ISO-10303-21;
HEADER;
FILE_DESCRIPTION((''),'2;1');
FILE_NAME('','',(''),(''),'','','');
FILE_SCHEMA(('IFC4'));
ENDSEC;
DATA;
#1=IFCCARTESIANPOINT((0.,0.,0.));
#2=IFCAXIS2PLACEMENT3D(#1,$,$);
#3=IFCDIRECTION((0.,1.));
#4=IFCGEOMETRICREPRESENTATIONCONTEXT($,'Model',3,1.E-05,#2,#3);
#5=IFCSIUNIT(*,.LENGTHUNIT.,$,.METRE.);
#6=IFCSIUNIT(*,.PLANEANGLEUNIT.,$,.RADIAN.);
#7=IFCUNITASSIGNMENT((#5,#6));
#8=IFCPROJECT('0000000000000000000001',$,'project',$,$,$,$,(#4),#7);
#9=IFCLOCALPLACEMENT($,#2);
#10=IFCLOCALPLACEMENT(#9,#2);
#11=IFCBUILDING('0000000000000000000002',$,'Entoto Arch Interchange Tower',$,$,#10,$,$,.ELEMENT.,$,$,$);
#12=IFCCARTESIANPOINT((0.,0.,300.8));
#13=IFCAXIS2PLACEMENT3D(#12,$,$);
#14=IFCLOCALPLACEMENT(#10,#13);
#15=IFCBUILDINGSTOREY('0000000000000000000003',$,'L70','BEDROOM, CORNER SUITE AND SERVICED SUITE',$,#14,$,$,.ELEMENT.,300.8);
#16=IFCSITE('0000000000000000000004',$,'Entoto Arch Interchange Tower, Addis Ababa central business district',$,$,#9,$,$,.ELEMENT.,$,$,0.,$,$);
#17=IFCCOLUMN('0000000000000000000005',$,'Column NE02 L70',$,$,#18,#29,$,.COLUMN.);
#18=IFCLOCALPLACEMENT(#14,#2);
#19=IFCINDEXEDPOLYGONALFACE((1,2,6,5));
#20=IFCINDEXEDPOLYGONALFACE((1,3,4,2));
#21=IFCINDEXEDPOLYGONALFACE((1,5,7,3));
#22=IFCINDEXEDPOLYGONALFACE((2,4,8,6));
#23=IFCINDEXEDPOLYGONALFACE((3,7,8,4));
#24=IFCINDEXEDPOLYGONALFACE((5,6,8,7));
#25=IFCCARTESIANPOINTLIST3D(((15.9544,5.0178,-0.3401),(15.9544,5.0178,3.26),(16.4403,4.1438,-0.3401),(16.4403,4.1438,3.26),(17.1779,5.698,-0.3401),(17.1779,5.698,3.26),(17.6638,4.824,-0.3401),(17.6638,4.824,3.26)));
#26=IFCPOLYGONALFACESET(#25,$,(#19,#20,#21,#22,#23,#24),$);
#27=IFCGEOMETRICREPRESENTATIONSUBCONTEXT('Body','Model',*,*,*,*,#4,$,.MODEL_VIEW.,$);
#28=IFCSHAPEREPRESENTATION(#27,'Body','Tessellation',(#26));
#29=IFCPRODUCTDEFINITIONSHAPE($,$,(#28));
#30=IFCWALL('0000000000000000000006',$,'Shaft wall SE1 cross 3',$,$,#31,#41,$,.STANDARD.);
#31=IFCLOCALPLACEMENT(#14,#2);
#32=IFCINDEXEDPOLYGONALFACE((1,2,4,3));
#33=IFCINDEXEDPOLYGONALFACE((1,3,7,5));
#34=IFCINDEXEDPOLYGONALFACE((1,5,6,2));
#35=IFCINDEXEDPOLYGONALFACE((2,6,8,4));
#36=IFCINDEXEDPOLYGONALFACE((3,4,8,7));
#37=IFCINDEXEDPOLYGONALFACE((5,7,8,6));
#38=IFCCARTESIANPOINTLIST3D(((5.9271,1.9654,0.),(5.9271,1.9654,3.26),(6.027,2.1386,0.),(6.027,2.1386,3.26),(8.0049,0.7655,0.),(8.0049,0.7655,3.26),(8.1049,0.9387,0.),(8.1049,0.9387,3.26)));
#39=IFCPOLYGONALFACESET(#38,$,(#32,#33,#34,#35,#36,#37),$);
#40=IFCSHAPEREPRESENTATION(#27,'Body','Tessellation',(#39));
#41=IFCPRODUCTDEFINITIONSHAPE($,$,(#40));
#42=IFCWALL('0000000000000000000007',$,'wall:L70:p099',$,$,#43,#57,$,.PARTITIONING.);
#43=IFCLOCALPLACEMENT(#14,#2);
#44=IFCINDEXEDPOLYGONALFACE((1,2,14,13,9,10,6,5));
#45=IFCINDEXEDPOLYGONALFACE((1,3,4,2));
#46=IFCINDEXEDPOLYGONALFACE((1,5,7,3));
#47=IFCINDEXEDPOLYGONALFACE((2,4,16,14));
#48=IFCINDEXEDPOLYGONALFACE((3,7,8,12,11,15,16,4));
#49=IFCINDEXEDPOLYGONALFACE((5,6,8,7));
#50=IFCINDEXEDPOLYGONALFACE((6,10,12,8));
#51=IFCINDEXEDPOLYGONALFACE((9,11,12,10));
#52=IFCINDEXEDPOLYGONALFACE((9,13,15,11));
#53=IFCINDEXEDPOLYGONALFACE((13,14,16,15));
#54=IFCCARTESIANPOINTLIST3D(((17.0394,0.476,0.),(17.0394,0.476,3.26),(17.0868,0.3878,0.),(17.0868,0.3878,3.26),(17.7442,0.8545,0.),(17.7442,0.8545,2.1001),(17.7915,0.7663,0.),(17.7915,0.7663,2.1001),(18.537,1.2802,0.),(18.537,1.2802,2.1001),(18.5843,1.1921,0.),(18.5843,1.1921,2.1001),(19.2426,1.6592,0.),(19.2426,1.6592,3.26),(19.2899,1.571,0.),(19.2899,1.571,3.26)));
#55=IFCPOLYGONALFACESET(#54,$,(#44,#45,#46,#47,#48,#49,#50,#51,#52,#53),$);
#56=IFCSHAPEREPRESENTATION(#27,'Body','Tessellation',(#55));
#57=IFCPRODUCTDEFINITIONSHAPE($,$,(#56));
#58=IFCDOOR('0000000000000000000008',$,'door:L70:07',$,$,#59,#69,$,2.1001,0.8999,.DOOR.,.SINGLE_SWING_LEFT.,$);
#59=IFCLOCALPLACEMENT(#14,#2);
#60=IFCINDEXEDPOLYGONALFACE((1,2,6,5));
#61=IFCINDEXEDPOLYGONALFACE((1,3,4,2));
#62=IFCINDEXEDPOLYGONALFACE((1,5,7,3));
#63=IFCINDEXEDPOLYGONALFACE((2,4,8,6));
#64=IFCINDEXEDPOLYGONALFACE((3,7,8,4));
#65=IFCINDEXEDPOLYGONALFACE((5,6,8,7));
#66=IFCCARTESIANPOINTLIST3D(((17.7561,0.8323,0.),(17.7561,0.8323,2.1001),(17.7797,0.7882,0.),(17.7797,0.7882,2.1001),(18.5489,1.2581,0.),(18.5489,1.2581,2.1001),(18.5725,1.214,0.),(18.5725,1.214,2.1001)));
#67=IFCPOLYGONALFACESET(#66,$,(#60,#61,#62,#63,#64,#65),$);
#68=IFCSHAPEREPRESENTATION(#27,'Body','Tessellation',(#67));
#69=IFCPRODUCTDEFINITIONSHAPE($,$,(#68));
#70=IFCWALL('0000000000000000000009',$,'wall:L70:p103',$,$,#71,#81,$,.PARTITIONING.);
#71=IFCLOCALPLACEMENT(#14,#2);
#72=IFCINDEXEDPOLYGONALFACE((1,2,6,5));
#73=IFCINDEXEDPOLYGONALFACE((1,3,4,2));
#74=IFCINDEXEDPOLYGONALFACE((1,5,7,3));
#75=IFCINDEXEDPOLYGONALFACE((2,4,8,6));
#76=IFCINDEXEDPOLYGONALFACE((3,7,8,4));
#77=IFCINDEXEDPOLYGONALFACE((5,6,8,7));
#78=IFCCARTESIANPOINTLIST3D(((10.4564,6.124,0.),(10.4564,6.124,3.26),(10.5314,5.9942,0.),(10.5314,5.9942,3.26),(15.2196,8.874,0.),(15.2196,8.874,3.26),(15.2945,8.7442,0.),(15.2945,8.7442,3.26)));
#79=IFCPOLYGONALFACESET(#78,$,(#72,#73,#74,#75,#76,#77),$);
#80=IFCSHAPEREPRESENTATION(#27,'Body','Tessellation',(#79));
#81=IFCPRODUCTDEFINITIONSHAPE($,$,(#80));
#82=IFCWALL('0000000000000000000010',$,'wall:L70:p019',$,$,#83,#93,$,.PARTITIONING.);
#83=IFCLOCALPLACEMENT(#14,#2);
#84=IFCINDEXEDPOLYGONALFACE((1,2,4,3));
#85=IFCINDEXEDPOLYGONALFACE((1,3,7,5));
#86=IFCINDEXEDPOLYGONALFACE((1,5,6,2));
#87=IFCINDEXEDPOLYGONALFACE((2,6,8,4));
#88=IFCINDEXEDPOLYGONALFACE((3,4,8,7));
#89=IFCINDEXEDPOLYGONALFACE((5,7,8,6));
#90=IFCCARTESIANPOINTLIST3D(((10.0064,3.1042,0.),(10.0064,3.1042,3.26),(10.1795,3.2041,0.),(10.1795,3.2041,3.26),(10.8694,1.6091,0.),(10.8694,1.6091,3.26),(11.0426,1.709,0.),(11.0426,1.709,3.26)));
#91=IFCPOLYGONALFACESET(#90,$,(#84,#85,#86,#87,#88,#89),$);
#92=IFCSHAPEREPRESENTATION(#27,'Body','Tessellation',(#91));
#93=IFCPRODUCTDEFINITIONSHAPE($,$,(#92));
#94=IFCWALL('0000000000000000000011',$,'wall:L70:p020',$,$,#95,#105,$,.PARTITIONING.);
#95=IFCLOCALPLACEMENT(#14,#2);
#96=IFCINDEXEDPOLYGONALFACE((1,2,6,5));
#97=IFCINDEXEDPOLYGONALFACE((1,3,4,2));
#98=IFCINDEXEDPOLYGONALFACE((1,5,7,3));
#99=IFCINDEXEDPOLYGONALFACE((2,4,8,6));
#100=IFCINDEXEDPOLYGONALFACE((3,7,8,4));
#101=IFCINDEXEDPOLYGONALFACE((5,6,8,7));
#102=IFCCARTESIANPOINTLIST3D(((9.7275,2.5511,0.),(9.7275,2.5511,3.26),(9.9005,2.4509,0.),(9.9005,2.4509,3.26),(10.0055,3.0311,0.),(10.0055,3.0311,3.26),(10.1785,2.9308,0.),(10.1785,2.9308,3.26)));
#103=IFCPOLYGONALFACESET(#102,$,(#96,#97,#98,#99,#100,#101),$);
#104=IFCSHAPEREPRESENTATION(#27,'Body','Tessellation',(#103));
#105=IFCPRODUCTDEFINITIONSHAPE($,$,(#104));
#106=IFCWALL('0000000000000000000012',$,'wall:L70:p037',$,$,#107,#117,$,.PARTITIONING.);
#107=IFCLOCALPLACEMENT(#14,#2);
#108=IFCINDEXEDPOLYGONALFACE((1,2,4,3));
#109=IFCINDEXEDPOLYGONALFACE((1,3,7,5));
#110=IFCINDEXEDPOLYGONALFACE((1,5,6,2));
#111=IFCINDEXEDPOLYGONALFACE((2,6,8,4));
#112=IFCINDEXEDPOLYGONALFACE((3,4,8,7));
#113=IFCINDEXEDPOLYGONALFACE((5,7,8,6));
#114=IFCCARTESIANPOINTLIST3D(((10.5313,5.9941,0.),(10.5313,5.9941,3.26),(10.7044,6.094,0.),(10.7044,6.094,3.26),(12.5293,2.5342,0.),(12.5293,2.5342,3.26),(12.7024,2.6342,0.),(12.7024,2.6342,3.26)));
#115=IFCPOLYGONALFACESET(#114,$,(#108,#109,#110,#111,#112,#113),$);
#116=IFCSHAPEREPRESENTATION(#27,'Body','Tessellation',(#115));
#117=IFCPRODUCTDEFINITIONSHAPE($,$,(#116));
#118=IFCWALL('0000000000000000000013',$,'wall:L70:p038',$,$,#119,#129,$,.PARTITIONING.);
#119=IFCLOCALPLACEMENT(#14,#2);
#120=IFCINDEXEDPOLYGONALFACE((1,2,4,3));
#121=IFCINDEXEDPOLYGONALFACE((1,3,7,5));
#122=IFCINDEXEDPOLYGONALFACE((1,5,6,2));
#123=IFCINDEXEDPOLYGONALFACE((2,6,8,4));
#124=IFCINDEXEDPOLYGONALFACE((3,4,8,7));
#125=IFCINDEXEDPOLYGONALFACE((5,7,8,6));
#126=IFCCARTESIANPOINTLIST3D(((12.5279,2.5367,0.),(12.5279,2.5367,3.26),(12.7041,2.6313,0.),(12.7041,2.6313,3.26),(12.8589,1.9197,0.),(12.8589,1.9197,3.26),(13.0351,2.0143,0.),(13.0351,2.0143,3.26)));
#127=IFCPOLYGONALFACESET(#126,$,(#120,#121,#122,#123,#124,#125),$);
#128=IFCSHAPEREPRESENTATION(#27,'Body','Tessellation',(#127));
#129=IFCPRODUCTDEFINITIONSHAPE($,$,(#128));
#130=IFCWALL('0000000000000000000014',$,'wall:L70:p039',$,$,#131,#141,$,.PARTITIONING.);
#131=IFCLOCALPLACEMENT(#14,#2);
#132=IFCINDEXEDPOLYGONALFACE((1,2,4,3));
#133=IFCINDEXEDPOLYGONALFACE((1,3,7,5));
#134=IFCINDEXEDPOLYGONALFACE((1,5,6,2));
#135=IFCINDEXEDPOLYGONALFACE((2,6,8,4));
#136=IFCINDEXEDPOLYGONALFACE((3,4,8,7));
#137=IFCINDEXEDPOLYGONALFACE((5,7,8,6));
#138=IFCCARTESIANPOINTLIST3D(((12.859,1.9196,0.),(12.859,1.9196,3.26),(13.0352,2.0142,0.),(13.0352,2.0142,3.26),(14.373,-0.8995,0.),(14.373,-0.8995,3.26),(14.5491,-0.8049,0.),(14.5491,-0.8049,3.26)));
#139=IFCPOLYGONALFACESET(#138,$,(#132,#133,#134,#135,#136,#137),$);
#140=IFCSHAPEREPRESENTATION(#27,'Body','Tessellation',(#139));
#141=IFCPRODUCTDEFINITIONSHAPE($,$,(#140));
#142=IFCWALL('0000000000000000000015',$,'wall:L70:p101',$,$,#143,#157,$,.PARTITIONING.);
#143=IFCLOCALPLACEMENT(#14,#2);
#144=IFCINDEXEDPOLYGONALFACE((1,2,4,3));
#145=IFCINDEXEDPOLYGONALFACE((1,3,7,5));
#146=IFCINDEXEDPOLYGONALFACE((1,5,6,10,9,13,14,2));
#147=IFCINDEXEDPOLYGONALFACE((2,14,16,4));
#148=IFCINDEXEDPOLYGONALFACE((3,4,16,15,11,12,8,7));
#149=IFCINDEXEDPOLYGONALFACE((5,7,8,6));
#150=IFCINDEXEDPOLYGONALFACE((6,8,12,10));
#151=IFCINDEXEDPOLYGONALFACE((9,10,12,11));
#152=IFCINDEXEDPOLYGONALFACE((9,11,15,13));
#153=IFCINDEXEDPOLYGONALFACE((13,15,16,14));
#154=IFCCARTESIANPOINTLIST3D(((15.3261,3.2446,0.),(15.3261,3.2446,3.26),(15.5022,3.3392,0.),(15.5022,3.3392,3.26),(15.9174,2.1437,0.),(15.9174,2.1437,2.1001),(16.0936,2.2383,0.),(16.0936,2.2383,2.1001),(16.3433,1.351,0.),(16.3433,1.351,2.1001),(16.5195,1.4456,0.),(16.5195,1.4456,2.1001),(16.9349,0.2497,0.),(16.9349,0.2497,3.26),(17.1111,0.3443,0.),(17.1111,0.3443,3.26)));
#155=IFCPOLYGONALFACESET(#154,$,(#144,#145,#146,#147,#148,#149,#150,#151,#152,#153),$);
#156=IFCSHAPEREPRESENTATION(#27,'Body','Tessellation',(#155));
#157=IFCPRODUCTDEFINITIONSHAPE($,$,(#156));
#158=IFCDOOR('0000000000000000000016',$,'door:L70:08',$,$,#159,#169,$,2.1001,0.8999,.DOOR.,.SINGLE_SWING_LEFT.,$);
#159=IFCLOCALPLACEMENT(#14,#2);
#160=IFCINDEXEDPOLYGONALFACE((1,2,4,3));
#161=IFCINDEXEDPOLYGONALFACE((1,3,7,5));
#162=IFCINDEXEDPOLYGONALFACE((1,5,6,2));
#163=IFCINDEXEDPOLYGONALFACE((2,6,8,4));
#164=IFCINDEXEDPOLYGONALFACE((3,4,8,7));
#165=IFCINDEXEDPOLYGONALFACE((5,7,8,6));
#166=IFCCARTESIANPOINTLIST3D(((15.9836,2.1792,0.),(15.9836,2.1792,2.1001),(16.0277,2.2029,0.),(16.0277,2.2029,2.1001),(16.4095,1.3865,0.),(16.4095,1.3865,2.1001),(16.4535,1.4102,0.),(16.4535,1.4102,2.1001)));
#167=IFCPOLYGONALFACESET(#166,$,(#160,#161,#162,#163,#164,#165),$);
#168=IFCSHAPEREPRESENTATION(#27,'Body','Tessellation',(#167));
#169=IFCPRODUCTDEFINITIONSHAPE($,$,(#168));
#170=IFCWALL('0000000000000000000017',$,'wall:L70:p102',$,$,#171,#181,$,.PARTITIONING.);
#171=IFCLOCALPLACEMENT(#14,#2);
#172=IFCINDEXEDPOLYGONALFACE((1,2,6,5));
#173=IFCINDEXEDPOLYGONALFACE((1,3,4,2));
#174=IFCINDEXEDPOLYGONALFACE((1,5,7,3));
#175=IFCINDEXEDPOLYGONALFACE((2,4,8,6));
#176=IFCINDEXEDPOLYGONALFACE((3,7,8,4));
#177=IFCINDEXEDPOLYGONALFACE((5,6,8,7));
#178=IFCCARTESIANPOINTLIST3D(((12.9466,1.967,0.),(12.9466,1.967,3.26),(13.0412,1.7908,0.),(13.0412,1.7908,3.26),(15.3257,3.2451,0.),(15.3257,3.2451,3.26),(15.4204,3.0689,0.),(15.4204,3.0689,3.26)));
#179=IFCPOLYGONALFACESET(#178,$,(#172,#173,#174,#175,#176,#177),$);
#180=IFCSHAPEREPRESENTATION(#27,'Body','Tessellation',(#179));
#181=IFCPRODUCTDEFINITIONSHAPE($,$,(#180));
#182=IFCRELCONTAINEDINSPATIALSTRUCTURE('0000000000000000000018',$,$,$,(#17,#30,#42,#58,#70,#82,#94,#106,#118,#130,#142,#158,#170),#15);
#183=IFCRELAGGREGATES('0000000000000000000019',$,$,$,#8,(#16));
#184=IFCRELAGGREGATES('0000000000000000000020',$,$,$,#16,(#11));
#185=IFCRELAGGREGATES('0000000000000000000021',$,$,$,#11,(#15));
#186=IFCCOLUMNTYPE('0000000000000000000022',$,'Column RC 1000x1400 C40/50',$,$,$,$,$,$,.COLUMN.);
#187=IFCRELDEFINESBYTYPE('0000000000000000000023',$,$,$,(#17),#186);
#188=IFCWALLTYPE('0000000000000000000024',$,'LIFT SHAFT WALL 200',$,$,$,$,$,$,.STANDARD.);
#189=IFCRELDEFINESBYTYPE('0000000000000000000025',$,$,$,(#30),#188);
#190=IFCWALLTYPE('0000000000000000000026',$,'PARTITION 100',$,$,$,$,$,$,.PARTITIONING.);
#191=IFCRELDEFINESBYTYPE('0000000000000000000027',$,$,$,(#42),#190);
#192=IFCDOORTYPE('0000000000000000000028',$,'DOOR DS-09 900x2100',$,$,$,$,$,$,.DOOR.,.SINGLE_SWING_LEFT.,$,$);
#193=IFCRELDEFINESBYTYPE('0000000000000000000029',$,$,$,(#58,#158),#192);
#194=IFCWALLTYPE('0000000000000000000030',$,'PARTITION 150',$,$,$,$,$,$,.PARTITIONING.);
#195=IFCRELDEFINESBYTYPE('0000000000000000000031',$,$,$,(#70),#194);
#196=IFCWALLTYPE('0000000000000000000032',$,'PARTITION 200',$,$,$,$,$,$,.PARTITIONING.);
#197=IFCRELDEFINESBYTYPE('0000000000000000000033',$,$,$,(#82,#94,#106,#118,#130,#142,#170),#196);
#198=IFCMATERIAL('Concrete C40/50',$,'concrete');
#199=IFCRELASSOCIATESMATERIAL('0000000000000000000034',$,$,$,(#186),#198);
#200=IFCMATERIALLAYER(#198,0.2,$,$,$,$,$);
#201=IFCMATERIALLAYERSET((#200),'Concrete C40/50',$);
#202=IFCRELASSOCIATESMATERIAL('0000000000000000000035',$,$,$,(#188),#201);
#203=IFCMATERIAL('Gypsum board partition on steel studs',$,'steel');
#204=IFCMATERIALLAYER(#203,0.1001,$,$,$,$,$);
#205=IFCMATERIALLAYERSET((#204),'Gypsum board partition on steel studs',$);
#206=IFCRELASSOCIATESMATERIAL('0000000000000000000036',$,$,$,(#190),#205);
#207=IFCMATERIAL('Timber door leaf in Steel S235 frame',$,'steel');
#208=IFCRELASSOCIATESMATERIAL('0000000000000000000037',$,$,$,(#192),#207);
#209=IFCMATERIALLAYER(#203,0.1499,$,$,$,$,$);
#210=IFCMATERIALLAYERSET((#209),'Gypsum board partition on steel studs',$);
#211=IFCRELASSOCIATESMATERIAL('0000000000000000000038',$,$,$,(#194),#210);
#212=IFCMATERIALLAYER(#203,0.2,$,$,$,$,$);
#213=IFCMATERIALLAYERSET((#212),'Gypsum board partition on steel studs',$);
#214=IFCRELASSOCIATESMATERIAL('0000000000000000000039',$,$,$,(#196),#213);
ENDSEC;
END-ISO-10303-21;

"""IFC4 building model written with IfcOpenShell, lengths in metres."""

from ifc_helpers import new_model, si_unit, direction, frame, frame_2d, origin, origin_2d, place, context, subcontext, project, spatial, rectangle, extrude, material, layer, layer_set, material_profile, profile_set, type_object, element, fill, save


model = new_model("IFC4")

# Units and contexts
model_context = context("Model", 3, precision=1e-05, world=origin(), true_north=direction((0.0, 1.0)))
body_context = subcontext(model_context, "Body", "Model", "MODEL_VIEW")
ifc_project = project(units=[si_unit("LENGTHUNIT", "METRE"), si_unit("PLANEANGLEUNIT", "RADIAN")], contexts=[model_context])

# Site, building, storey
site_placement = place(None, origin())
site = spatial("IfcSite", under=ifc_project, at=site_placement, Name="Entoto Arch Interchange Tower, Addis Ababa central business district", CompositionType="ELEMENT", RefElevation=0.0)
building_placement = place(site_placement, origin())
building = spatial("IfcBuilding", under=site, at=building_placement, Name="Entoto Arch Interchange Tower", CompositionType="ELEMENT")
storey_placement = place(building_placement, frame((0.0, 0.0, 300.8)))
storey = spatial("IfcBuildingStorey", under=building, at=storey_placement, Name="L70", Description="BEDROOM, CORNER SUITE AND SERVICED SUITE", CompositionType="ELEMENT", Elevation=300.8)

# Column
ifc_material_1 = material(Name="Concrete C40/50", Category="concrete")
ifc_material_profile = material_profile(ifc_material_1, rectangle(XDim=1.0, YDim=1.3999, at=origin_2d()))
ifc_profile_set = profile_set([ifc_material_profile], Name="Concrete C40/50")
column_type = type_object("IfcColumnType", Name="Column RC 1000x1400 C40/50", PredefinedType="COLUMN", material=ifc_profile_set)
column_placement = place(storey_placement, frame((16.8091, 4.9209, -0.3401), z_axis=(0.0, 0.0, 1.0), x_axis=(-0.485924, 0.874001, 0.0)))
element("IfcColumn", 1, at=column_placement, inside=storey, type_object=column_type, Name="Column NE02 L70", PredefinedType="COLUMN", context=body_context, shape_type="SweptSolid", body=[
    extrude(rectangle(XDim=1.0, YDim=1.3999, at=origin_2d()), origin(), (0.0, 0.0, 1.0), 3.6001),
])

# Wall
ifc_layer_1 = layer(ifc_material_1, 0.2)
ifc_layer_set_1 = layer_set([ifc_layer_1], Name="Concrete C40/50")
wall_type_1 = type_object("IfcWallType", Name="LIFT SHAFT WALL 200", PredefinedType="STANDARD", material=ifc_layer_set_1)
wall_1_placement = place(storey_placement, frame((5.9771, 2.052, 0.0), z_axis=(0.0, 0.0, 1.0), x_axis=(0.865974, -0.500089, 0.0)))
element("IfcWall", 2, at=wall_1_placement, inside=storey, type_object=wall_type_1, Name="Shaft wall SE1 cross 3", PredefinedType="STANDARD", context=body_context, shape_type="SweptSolid", body=[
    extrude(rectangle(XDim=2.3994, YDim=0.2, at=frame_2d((1.1997, 0.0))), origin(), (0.0, 0.0, 1.0), 3.26),
])

# Wall, opening, door
ifc_material_2 = material(Name="Gypsum board partition on steel studs", Category="steel")
ifc_layer_2 = layer(ifc_material_2, 0.1001)
ifc_layer_set_2 = layer_set([ifc_layer_2], Name="Gypsum board partition on steel studs")
wall_type_2 = type_object("IfcWallType", Name="PARTITION 100", PredefinedType="PARTITIONING", material=ifc_layer_set_2)
wall_2_placement = place(storey_placement, frame((17.063, 0.4319, 0.0), z_axis=(0.0, 0.0, 1.0), x_axis=(0.881003, 0.47311, 0.0)))
wall_2 = element("IfcWall", 3, at=wall_2_placement, inside=storey, type_object=wall_type_2, Name="wall:L70:p099", PredefinedType="PARTITIONING", context=body_context, shape_type="SweptSolid", body=[
    extrude(rectangle(XDim=2.5007, YDim=0.1001, at=frame_2d((1.2505, 0.0))), origin(), (0.0, 0.0, 1.0), 3.26),
])
opening_1_placement = place(wall_2_placement, frame((0.8, 0.0, 0.0)))
opening_1 = element("IfcOpeningElement", 4, at=opening_1_placement, cuts=wall_2, PredefinedType="OPENING", context=body_context, shape_type="SweptSolid", body=[
    extrude(rectangle(XDim=0.8999, YDim=2.1001, at=frame_2d((0.45, 1.05))), frame((0.0, 0.0601, 0.0), z_axis=(0.0, -1.0, 0.0), x_axis=(1.0, 0.0, 0.0)), (0.0, 0.0, 1.0), 0.1201),
])
ifc_material_3 = material(Name="Timber door leaf in Steel S235 frame", Category="steel")
door_type_1 = type_object("IfcDoorType", Name="DOOR DS-09 900x2100", OperationType="SINGLE_SWING_LEFT", PredefinedType="DOOR", material=ifc_material_3)
door_1_placement = place(opening_1_placement, origin())
door_1 = element("IfcDoor", 5, at=door_1_placement, inside=storey, type_object=door_type_1, Name="door:L70:07", OperationType="SINGLE_SWING_LEFT", OverallHeight=2.1001, OverallWidth=0.8999, PredefinedType="DOOR", context=body_context, shape_type="SweptSolid", body=[
    extrude(rectangle(XDim=0.8999, YDim=2.1001, at=frame_2d((0.45, 1.05))), frame((0.0, 0.0249, 0.0), z_axis=(0.0, -1.0, 0.0), x_axis=(1.0, 0.0, 0.0)), (0.0, 0.0, 1.0), 0.05),
])
fill(opening_1, door_1)

# Walls
ifc_layer_3 = layer(ifc_material_2, 0.1499)
ifc_layer_set_3 = layer_set([ifc_layer_3], Name="Gypsum board partition on steel studs")
wall_type_3 = type_object("IfcWallType", Name="PARTITION 150", PredefinedType="PARTITIONING", material=ifc_layer_set_3)
wall_3_placement = place(storey_placement, frame((10.4939, 6.0591, 0.0), z_axis=(0.0, 0.0, 1.0), x_axis=(0.866027, 0.499997, 0.0)))
element("IfcWall", 6, at=wall_3_placement, inside=storey, type_object=wall_type_3, Name="wall:L70:p103", PredefinedType="PARTITIONING", context=body_context, shape_type="SweptSolid", body=[
    extrude(rectangle(XDim=5.5, YDim=0.1499, at=frame_2d((2.75, 0.0))), origin(), (0.0, 0.0, 1.0), 3.26),
])
ifc_layer_4 = layer(ifc_material_2, 0.2)
ifc_layer_set_4 = layer_set([ifc_layer_4], Name="Gypsum board partition on steel studs")
wall_type_4 = type_object("IfcWallType", Name="PARTITION 200", PredefinedType="PARTITIONING", material=ifc_layer_set_4)
wall_4_placement = place(storey_placement, frame((10.9561, 1.6589, 0.0), z_axis=(0.0, 0.0, 1.0), x_axis=(-0.499926, 0.866068, 0.0)))
element("IfcWall", 7, at=wall_4_placement, inside=storey, type_object=wall_type_4, Name="wall:L70:p019", PredefinedType="PARTITIONING", context=body_context, shape_type="SweptSolid", body=[
    extrude(rectangle(XDim=1.7263, YDim=0.2, at=frame_2d((0.8633, 0.0))), origin(), (0.0, 0.0, 1.0), 3.26),
])
wall_5_placement = place(storey_placement, frame((10.092, 2.981, 0.0), z_axis=(0.0, 0.0, 1.0), x_axis=(-0.501296, -0.865276, 0.0)))
element("IfcWall", 8, at=wall_5_placement, inside=storey, type_object=wall_type_4, Name="wall:L70:p020", PredefinedType="PARTITIONING", context=body_context, shape_type="SweptSolid", body=[
    extrude(rectangle(XDim=0.5547, YDim=0.2, at=frame_2d((0.2773, 0.0))), origin(), (0.0, 0.0, 1.0), 3.26),
])
wall_6_placement = place(storey_placement, frame((10.6179, 6.0439, 0.0), z_axis=(0.0, 0.0, 1.0), x_axis=(0.500082, -0.865978, 0.0)))
element("IfcWall", 9, at=wall_6_placement, inside=storey, type_object=wall_type_4, Name="wall:L70:p037", PredefinedType="PARTITIONING", context=body_context, shape_type="SweptSolid", body=[
    extrude(rectangle(XDim=3.9954, YDim=0.2, at=frame_2d((1.9976, 0.0))), origin(), (0.0, 0.0, 1.0), 3.26),
])
wall_7_placement = place(storey_placement, frame((12.616, 2.584, 0.0), z_axis=(0.0, 0.0, 1.0), x_axis=(0.472831, -0.881153, 0.0)))
element("IfcWall", 10, at=wall_7_placement, inside=storey, type_object=wall_type_4, Name="wall:L70:p038", PredefinedType="PARTITIONING", context=body_context, shape_type="SweptSolid", body=[
    extrude(rectangle(XDim=0.7002, YDim=0.2, at=frame_2d((0.3501, 0.0))), origin(), (0.0, 0.0, 1.0), 3.26),
])
wall_8_placement = place(storey_placement, frame((12.947, 1.967, 0.0), z_axis=(0.0, 0.0, 1.0), x_axis=(0.473117, -0.881, 0.0)))
element("IfcWall", 11, at=wall_8_placement, inside=storey, type_object=wall_type_4, Name="wall:L70:p039", PredefinedType="PARTITIONING", context=body_context, shape_type="SweptSolid", body=[
    extrude(rectangle(XDim=3.2, YDim=0.2, at=frame_2d((1.6001, 0.0))), origin(), (0.0, 0.0, 1.0), 3.26),
])

# Wall, opening, door
wall_9_placement = place(storey_placement, frame((17.0229, 0.2971, 0.0), z_axis=(0.0, 0.0, 1.0), x_axis=(-0.473247, 0.88093, 0.0)))
wall_9 = element("IfcWall", 12, at=wall_9_placement, inside=storey, type_object=wall_type_4, Name="wall:L70:p101", PredefinedType="PARTITIONING", context=body_context, shape_type="SweptSolid", body=[
    extrude(rectangle(XDim=3.3997, YDim=0.2, at=frame_2d((1.6997, 0.0))), origin(), (0.0, 0.0, 1.0), 3.26),
])
opening_2_placement = place(wall_9_placement, frame((1.25, 0.0, 0.0)))
opening_2 = element("IfcOpeningElement", 13, at=opening_2_placement, cuts=wall_9, PredefinedType="OPENING", context=body_context, shape_type="SweptSolid", body=[
    extrude(rectangle(XDim=0.8999, YDim=2.1001, at=frame_2d((0.45, 1.05))), frame((0.0, 0.1099, 0.0), z_axis=(0.0, -1.0, 0.0), x_axis=(1.0, 0.0, 0.0)), (0.0, 0.0, 1.0), 0.22),
])
door_2_placement = place(opening_2_placement, origin())
door_2 = element("IfcDoor", 14, at=door_2_placement, inside=storey, type_object=door_type_1, Name="door:L70:08", OperationType="SINGLE_SWING_LEFT", OverallHeight=2.1001, OverallWidth=0.8999, PredefinedType="DOOR", context=body_context, shape_type="SweptSolid", body=[
    extrude(rectangle(XDim=0.8999, YDim=2.1001, at=frame_2d((0.45, 1.05))), frame((0.0, 0.0249, 0.0), z_axis=(0.0, -1.0, 0.0), x_axis=(1.0, 0.0, 0.0)), (0.0, 0.0, 1.0), 0.05),
])
fill(opening_2, door_2)

# Wall
wall_10_placement = place(storey_placement, frame((15.373, 3.157, 0.0), z_axis=(0.0, 0.0, 1.0), x_axis=(-0.880935, -0.473237, 0.0)))
element("IfcWall", 15, at=wall_10_placement, inside=storey, type_object=wall_type_4, Name="wall:L70:p102", PredefinedType="PARTITIONING", context=body_context, shape_type="SweptSolid", body=[
    extrude(rectangle(XDim=2.7007, YDim=0.2, at=frame_2d((1.3503, 0.0))), origin(), (0.0, 0.0, 1.0), 3.26),
])

save(model, "model.ifc")
